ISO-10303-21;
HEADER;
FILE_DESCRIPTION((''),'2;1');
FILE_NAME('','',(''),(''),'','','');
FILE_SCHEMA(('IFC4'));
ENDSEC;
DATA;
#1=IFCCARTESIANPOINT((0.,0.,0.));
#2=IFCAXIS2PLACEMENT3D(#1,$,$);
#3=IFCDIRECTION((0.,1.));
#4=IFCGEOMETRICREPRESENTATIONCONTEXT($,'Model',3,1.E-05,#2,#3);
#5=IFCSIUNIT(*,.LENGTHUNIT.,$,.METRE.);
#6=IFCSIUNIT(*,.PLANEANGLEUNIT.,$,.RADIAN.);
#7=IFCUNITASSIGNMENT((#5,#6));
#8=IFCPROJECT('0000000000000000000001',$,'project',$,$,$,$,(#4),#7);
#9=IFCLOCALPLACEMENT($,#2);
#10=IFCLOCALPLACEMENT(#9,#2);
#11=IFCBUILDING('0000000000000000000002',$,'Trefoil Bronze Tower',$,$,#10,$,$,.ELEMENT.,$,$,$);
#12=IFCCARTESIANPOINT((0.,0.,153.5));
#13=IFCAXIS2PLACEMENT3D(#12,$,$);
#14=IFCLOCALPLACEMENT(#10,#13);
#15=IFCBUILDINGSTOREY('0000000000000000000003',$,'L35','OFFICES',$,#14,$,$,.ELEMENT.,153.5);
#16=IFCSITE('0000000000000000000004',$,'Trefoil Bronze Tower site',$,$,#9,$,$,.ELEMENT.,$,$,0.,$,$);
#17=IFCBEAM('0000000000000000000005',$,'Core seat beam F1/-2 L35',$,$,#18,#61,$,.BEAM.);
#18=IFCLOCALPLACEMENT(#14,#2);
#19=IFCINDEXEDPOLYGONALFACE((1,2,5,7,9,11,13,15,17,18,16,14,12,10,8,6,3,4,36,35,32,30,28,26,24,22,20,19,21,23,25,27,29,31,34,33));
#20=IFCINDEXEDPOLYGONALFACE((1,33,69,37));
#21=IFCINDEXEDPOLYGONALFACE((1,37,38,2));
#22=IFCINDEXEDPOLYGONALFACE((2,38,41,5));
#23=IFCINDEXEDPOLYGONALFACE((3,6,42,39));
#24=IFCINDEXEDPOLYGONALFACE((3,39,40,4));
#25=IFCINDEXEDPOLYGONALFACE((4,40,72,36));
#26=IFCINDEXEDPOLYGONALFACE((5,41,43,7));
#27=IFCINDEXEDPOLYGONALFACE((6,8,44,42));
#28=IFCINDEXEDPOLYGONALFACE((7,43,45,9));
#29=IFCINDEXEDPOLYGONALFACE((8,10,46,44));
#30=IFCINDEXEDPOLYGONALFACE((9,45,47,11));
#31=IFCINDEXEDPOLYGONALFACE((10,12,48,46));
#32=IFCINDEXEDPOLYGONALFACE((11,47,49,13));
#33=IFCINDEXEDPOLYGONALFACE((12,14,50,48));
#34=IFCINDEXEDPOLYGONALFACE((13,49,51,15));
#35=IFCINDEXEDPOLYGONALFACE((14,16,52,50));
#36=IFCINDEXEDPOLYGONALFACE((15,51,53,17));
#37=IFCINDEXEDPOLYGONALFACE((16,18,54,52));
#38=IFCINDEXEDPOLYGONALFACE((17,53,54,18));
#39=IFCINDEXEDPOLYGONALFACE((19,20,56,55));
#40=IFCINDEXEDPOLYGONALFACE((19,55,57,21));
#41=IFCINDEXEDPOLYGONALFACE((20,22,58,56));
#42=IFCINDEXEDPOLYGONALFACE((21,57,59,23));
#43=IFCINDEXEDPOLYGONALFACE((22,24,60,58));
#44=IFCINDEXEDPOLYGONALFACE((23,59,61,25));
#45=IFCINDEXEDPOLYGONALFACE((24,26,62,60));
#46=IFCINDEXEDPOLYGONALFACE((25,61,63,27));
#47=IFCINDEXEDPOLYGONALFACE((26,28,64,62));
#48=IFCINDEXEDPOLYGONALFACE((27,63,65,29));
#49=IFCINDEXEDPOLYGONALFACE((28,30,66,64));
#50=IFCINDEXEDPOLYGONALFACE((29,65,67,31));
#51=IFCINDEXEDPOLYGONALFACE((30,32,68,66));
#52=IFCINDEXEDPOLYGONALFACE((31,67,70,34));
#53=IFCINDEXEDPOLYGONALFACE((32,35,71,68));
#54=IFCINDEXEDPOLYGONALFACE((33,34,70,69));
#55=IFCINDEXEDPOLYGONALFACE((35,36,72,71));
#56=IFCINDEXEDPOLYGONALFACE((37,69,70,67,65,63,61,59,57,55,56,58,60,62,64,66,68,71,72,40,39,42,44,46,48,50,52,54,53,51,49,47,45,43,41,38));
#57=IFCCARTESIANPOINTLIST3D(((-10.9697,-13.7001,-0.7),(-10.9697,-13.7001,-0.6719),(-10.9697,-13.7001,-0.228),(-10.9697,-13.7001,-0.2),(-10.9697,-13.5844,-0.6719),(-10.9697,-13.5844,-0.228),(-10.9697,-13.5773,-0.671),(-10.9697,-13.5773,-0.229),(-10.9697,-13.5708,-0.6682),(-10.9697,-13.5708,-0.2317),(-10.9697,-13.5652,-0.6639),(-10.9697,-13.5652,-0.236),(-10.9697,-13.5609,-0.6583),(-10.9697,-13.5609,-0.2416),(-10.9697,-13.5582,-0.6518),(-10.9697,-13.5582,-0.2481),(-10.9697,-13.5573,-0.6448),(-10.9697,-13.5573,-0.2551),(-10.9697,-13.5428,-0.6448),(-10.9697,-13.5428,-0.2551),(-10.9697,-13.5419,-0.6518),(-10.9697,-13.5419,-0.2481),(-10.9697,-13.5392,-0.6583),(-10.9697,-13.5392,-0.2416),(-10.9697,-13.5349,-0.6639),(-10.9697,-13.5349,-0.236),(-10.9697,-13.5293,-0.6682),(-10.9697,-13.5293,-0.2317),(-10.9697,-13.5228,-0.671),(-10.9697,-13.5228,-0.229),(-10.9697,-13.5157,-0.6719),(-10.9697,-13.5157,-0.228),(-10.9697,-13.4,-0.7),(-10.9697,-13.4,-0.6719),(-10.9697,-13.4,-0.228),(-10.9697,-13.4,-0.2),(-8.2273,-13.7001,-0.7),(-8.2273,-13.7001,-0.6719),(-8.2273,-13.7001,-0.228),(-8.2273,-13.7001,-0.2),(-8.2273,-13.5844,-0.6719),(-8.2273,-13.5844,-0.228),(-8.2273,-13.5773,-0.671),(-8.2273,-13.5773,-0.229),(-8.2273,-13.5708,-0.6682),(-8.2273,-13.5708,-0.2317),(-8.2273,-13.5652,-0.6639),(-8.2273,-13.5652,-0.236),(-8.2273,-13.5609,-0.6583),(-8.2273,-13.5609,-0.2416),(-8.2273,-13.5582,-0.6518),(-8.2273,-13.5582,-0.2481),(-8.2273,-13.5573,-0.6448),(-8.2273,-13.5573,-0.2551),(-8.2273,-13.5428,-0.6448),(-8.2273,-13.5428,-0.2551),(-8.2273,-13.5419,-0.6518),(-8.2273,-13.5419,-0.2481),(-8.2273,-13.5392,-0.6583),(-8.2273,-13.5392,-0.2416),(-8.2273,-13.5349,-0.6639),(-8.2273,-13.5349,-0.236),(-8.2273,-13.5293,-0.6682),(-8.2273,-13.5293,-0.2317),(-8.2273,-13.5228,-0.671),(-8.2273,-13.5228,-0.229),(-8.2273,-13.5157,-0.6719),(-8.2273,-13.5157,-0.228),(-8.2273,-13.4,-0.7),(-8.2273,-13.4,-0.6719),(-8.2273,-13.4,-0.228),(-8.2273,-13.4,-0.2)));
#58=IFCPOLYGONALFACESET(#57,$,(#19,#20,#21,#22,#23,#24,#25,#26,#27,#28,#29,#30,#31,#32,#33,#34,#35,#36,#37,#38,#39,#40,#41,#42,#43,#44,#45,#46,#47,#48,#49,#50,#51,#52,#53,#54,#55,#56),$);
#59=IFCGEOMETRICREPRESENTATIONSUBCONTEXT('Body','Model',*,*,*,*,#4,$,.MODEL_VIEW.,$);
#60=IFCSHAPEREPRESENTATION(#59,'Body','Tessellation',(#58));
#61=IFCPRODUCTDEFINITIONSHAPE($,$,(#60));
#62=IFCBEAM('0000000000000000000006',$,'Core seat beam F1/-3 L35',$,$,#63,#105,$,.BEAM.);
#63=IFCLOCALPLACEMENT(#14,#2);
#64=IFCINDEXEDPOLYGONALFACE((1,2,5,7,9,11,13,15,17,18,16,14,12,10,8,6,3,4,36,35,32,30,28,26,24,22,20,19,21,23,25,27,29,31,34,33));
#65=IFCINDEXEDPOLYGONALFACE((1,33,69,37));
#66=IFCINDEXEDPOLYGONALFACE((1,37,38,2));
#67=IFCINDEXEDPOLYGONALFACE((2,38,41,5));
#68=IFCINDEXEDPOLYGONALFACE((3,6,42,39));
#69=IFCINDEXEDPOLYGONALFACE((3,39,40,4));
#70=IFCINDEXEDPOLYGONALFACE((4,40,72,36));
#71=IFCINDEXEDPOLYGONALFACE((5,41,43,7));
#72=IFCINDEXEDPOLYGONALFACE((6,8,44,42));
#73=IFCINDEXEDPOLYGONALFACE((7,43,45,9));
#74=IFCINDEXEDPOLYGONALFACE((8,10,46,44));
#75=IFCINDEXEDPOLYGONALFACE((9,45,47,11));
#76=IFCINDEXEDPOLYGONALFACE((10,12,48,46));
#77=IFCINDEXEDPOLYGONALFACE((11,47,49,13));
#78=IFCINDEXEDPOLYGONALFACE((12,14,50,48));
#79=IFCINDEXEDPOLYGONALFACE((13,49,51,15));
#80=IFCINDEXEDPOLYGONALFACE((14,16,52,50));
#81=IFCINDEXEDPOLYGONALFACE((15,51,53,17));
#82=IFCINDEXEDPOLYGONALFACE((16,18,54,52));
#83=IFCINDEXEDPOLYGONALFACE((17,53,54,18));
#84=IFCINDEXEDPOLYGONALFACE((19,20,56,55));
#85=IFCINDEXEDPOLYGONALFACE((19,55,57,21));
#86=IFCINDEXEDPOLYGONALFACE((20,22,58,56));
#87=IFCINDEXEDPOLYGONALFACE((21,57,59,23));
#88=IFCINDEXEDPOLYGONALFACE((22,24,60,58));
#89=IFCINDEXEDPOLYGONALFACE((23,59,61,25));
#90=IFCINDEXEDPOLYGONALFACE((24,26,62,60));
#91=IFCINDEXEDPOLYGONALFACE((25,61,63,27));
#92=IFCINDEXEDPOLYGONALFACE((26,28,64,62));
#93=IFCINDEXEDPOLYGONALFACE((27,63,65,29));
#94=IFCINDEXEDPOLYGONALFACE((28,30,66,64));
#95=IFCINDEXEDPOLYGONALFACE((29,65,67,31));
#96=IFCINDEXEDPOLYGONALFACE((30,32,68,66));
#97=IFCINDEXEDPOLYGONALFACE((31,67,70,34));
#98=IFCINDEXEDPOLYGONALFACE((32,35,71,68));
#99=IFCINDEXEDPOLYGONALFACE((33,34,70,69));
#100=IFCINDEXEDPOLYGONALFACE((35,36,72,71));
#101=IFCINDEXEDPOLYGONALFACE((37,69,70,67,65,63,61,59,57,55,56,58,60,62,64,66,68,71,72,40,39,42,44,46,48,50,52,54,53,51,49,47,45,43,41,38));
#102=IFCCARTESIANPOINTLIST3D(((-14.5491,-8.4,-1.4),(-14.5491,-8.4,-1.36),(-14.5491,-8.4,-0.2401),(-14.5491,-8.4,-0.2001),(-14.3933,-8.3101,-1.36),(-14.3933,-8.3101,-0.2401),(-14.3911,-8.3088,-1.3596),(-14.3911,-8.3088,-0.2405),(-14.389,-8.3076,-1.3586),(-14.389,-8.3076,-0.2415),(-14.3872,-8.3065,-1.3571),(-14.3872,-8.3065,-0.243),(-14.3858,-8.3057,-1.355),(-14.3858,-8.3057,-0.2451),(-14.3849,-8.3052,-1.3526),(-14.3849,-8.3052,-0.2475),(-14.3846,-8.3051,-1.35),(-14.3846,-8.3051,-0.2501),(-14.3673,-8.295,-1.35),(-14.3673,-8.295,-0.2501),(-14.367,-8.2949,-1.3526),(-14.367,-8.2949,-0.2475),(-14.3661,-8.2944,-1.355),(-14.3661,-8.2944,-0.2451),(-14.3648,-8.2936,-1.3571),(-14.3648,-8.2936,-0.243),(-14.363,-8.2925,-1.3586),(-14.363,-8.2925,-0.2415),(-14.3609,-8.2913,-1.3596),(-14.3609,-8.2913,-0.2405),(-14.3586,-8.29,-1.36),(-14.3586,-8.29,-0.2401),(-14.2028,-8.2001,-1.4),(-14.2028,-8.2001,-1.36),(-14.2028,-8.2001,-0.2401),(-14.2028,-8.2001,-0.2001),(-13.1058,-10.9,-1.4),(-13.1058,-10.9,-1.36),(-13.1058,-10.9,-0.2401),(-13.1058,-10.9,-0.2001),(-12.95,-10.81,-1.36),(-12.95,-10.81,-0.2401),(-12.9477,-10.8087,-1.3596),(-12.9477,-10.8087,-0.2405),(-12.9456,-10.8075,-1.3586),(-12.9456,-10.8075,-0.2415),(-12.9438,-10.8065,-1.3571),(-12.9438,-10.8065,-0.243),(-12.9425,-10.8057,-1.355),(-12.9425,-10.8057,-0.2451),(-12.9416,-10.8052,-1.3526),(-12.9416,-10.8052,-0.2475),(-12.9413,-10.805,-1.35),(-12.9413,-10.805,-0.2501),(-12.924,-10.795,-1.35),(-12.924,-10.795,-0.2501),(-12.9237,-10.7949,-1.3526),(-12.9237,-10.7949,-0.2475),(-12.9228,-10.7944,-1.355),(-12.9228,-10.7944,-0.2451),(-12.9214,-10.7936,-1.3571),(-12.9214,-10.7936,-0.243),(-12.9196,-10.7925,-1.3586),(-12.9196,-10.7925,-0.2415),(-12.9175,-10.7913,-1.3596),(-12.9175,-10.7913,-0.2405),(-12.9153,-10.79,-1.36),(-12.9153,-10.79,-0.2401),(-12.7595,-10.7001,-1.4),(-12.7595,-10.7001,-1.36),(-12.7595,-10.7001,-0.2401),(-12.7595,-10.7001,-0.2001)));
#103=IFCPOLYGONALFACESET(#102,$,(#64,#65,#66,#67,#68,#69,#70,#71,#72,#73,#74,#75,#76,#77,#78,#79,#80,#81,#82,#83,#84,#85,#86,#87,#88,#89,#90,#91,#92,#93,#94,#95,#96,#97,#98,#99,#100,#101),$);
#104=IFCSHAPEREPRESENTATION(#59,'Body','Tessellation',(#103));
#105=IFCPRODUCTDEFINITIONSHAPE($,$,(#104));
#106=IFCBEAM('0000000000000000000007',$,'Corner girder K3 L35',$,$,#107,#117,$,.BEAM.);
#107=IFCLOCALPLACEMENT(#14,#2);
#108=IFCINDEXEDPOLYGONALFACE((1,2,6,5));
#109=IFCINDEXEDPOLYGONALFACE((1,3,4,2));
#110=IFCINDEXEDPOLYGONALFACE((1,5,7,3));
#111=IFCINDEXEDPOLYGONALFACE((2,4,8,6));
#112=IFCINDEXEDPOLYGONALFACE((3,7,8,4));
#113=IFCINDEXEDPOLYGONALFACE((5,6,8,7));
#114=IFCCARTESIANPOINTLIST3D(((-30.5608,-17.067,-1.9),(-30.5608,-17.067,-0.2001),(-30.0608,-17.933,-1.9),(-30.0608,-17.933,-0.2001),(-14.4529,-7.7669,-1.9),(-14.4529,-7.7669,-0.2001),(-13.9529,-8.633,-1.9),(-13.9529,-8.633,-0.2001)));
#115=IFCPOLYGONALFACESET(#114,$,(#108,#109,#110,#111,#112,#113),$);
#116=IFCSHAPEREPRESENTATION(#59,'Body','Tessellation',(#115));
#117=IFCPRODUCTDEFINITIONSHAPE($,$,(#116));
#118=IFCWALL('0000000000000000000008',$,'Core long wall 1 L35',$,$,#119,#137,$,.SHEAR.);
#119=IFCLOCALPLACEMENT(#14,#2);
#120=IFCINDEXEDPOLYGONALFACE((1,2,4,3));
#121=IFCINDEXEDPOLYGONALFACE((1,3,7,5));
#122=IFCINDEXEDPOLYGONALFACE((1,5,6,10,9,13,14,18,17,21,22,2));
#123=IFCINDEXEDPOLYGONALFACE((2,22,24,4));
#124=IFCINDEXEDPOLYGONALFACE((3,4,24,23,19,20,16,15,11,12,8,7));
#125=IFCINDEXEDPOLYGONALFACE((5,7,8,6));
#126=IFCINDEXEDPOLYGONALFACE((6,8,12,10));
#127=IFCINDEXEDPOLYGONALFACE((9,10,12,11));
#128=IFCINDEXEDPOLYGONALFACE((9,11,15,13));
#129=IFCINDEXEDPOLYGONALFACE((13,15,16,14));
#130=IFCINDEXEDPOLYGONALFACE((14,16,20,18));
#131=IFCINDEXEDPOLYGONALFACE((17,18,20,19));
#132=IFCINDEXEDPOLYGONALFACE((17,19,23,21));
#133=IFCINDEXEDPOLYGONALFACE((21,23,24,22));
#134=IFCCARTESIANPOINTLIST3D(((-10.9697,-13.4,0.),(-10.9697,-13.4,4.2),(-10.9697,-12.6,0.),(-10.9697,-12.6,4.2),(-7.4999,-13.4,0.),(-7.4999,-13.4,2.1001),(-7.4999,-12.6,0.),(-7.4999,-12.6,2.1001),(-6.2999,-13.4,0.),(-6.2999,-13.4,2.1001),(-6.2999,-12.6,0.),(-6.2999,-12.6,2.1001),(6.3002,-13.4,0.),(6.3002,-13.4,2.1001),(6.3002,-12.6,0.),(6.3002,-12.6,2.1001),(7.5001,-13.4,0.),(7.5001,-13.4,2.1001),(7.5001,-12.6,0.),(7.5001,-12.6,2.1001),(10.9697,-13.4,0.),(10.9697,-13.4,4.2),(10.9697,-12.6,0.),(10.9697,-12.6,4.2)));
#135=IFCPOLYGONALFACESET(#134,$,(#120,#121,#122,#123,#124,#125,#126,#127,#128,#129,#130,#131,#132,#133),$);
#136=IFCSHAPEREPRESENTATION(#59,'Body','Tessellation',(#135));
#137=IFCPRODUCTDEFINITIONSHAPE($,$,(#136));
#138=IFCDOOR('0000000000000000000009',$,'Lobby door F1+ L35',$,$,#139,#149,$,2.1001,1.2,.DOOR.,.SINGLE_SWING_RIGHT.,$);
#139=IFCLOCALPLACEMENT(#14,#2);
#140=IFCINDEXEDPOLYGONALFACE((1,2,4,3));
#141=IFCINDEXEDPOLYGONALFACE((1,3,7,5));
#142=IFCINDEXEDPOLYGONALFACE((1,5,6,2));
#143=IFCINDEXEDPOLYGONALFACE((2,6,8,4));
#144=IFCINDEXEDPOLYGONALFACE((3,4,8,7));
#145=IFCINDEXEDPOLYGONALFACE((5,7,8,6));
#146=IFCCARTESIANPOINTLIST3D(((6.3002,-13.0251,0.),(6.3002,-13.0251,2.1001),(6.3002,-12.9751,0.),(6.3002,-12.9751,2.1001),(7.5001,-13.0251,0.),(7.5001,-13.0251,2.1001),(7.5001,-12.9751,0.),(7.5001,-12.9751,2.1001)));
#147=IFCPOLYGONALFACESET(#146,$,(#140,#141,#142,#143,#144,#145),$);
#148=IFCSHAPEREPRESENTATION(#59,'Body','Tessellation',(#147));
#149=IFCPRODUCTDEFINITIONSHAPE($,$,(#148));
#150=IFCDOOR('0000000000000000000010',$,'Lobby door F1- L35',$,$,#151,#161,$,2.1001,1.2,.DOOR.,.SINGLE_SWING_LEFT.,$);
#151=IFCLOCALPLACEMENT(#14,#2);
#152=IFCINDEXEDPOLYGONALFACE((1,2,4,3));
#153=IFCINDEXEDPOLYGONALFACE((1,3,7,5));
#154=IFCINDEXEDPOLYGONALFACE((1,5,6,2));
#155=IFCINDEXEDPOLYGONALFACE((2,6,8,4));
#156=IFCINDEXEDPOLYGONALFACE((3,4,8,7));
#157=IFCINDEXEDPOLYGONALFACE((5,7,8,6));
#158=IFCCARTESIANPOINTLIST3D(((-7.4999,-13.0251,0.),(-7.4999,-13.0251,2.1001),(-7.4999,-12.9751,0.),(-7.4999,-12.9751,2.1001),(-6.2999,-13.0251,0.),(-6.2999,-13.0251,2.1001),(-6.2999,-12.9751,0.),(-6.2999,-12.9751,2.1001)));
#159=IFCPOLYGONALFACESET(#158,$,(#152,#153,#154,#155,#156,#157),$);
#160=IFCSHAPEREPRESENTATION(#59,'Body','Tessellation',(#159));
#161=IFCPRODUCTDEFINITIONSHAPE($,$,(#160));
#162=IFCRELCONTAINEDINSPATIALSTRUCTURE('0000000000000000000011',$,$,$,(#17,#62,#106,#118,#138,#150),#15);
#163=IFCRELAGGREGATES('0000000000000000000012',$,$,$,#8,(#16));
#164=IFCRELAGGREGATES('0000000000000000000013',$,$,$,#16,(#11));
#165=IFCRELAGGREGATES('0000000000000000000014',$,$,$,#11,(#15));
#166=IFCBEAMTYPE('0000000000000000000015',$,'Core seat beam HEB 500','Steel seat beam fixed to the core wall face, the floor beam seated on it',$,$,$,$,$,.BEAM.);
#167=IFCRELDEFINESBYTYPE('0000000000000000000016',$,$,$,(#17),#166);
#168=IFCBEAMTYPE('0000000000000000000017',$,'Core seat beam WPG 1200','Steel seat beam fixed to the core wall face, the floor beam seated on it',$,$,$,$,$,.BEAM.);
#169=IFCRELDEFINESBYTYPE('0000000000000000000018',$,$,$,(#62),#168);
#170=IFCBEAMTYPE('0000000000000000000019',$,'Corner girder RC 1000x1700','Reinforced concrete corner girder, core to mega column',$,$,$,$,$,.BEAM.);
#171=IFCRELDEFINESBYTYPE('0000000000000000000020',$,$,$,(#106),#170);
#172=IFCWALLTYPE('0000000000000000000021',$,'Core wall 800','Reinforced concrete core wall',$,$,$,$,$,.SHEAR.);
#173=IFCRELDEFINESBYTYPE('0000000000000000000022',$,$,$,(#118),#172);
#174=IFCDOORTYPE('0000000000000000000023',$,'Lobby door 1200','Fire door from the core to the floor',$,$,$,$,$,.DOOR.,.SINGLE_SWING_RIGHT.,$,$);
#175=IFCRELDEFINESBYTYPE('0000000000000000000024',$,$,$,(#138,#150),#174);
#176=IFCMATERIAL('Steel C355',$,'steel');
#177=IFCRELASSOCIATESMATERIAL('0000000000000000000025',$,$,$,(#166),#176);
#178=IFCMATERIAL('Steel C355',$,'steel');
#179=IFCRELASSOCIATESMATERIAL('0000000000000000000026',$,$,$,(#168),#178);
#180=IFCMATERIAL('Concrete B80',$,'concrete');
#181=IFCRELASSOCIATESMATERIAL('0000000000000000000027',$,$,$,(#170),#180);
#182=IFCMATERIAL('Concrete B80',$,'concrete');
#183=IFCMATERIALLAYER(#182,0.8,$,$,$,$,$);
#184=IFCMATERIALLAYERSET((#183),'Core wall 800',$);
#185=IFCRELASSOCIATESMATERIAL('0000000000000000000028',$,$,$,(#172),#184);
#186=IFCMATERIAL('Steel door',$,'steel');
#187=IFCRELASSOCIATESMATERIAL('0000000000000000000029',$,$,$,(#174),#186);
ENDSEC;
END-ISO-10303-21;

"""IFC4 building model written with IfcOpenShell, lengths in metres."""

from ifc_helpers import new_model, si_unit, direction, frame, frame_2d, origin, origin_2d, place, context, subcontext, project, spatial, rectangle, i_section, extrude, material, layer, layer_set, material_profile, profile_set, type_object, element, fill, save


model = new_model("IFC4")

# Units and contexts
model_context = context("Model", 3, precision=1e-05, world=origin(), true_north=direction((0.0, 1.0)))
body_context = subcontext(model_context, "Body", "Model", "MODEL_VIEW")
ifc_project = project(units=[si_unit("LENGTHUNIT", "METRE"), si_unit("PLANEANGLEUNIT", "RADIAN")], contexts=[model_context])

# Site, building, storey
site_placement = place(None, origin())
site = spatial("IfcSite", under=ifc_project, at=site_placement, Name="Trefoil Bronze Tower site", CompositionType="ELEMENT", RefElevation=0.0)
building_placement = place(site_placement, origin())
building = spatial("IfcBuilding", under=site, at=building_placement, Name="Trefoil Bronze Tower", CompositionType="ELEMENT")
storey_placement = place(building_placement, frame((0.0, 0.0, 153.5)))
storey = spatial("IfcBuildingStorey", under=building, at=storey_placement, Name="L35", Description="OFFICES", CompositionType="ELEMENT", Elevation=153.5)

# Beams
ifc_material_1 = material(Name="Steel C355", Category="steel")
ifc_material_profile_1 = material_profile(ifc_material_1, i_section(OverallWidth=0.3, OverallDepth=0.5, WebThickness=0.0144, FlangeThickness=0.0281, FilletRadius=0.0271, at=origin_2d()), Name="HEB 500")
ifc_profile_set_1 = profile_set([ifc_material_profile_1], Name="Steel C355")
beam_type_1 = type_object("IfcBeamType", Name="Core seat beam HEB 500", Description="Steel seat beam fixed to the core wall face, the floor beam seated on it", PredefinedType="BEAM", material=ifc_profile_set_1)
beam_1_placement = place(storey_placement, frame((-10.9697, -13.55, -0.45), z_axis=(1.0, 0.0, 0.0), x_axis=(0.0, 1.0, 0.0)))
element("IfcBeam", 1, at=beam_1_placement, inside=storey, type_object=beam_type_1, Name="Core seat beam F1/-2 L35", PredefinedType="BEAM", context=body_context, shape_type="SweptSolid", body=[
    extrude(i_section(OverallWidth=0.3, OverallDepth=0.5, WebThickness=0.0144, FlangeThickness=0.0281, FilletRadius=0.0271, at=origin_2d()), origin(), (0.0, 0.0, 1.0), 2.7424),
])
ifc_material_2 = material(Name="Steel C355", Category="steel")
ifc_material_profile_2 = material_profile(ifc_material_2, i_section(OverallWidth=0.3999, OverallDepth=1.2, WebThickness=0.02, FlangeThickness=0.04, FilletRadius=0.01, at=origin_2d()), Name="WPG 1200")
ifc_profile_set_2 = profile_set([ifc_material_profile_2], Name="Steel C355")
beam_type_2 = type_object("IfcBeamType", Name="Core seat beam WPG 1200", Description="Steel seat beam fixed to the core wall face, the floor beam seated on it", PredefinedType="BEAM", material=ifc_profile_set_2)
beam_2_placement = place(storey_placement, frame((-14.376, -8.3, -0.8), z_axis=(0.499996, -0.866028, 0.0), x_axis=(0.866028, 0.499996, 0.0)))
element("IfcBeam", 2, at=beam_2_placement, inside=storey, type_object=beam_type_2, Name="Core seat beam F1/-3 L35", PredefinedType="BEAM", context=body_context, shape_type="SweptSolid", body=[
    extrude(i_section(OverallWidth=0.3999, OverallDepth=1.2, WebThickness=0.02, FlangeThickness=0.04, FilletRadius=0.01, at=origin_2d()), origin(), (0.0, 0.0, 1.0), 2.8867),
])
ifc_material_3 = material(Name="Concrete B80", Category="concrete")
ifc_material_profile_3 = material_profile(ifc_material_3, rectangle(XDim=1.0, YDim=1.7, at=origin_2d()), Name="RC 1000x1700")
ifc_profile_set_3 = profile_set([ifc_material_profile_3], Name="Concrete B80")
beam_type_3 = type_object("IfcBeamType", Name="Corner girder RC 1000x1700", Description="Reinforced concrete corner girder, core to mega column", PredefinedType="BEAM", material=ifc_profile_set_3)
beam_3_placement = place(storey_placement, frame((-14.2029, -8.2, -1.05), z_axis=(-0.866022, -0.500006, 0.0), x_axis=(0.500006, -0.866022, 0.0)))
element("IfcBeam", 3, at=beam_3_placement, inside=storey, type_object=beam_type_3, Name="Corner girder K3 L35", PredefinedType="BEAM", context=body_context, shape_type="SweptSolid", body=[
    extrude(rectangle(XDim=1.0, YDim=1.7, at=origin_2d()), origin(), (0.0, 0.0, 1.0), 18.5999),
])

# Wall, openings, doors
ifc_material_4 = material(Name="Concrete B80", Category="concrete")
ifc_layer_1 = layer(ifc_material_4, 0.8)
ifc_layer_set_1 = layer_set([ifc_layer_1], Name="Core wall 800")
wall_type_1 = type_object("IfcWallType", Name="Core wall 800", Description="Reinforced concrete core wall", PredefinedType="SHEAR", material=ifc_layer_set_1)
wall_1_placement = place(storey_placement, frame((-10.9697, -13.0, 0.0), z_axis=(0.0, 0.0, 1.0), x_axis=(1.0, 0.0, 0.0)))
wall_1 = element("IfcWall", 4, at=wall_1_placement, inside=storey, type_object=wall_type_1, Name="Core long wall 1 L35", PredefinedType="SHEAR", context=body_context, shape_type="SweptSolid", body=[
    extrude(rectangle(XDim=21.9395, YDim=0.8, at=frame_2d((10.9697, 0.0))), origin(), (0.0, 0.0, 1.0), 4.2),
])
opening_1_placement = place(wall_1_placement, frame((17.2698, 0.0, 0.0)))
opening_1 = element("IfcOpeningElement", 5, at=opening_1_placement, cuts=wall_1, PredefinedType="OPENING", context=body_context, shape_type="SweptSolid", body=[
    extrude(rectangle(XDim=1.2, YDim=2.1001, at=frame_2d((0.6001, 1.05))), frame((0.0, 0.4099, 0.0), z_axis=(0.0, -1.0, 0.0), x_axis=(1.0, 0.0, 0.0)), (0.0, 0.0, 1.0), 0.8201),
])
opening_2_placement = place(wall_1_placement, frame((3.4697, 0.0, 0.0)))
opening_2 = element("IfcOpeningElement", 6, at=opening_2_placement, cuts=wall_1, PredefinedType="OPENING", context=body_context, shape_type="SweptSolid", body=[
    extrude(rectangle(XDim=1.2, YDim=2.1001, at=frame_2d((0.6001, 1.05))), frame((0.0, 0.4099, 0.0), z_axis=(0.0, -1.0, 0.0), x_axis=(1.0, 0.0, 0.0)), (0.0, 0.0, 1.0), 0.8201),
])
ifc_material_5 = material(Name="Steel door", Category="steel")
door_type_1 = type_object("IfcDoorType", Name="Lobby door 1200", Description="Fire door from the core to the floor", OperationType="SINGLE_SWING_RIGHT", PredefinedType="DOOR", material=ifc_material_5)
door_1_placement = place(opening_1_placement, origin())
door_1 = element("IfcDoor", 7, at=door_1_placement, inside=storey, type_object=door_type_1, Name="Lobby door F1+ L35", OperationType="SINGLE_SWING_RIGHT", OverallHeight=2.1001, OverallWidth=1.2, PredefinedType="DOOR", context=body_context, shape_type="SweptSolid", body=[
    extrude(rectangle(XDim=1.2, YDim=2.1001, at=frame_2d((0.6001, 1.05))), frame((0.0, 0.0249, 0.0), z_axis=(0.0, -1.0, 0.0), x_axis=(1.0, 0.0, 0.0)), (0.0, 0.0, 1.0), 0.05),
])
fill(opening_1, door_1)
door_2_placement = place(opening_2_placement, origin())
door_2 = element("IfcDoor", 8, at=door_2_placement, inside=storey, type_object=door_type_1, Name="Lobby door F1- L35", OperationType="SINGLE_SWING_LEFT", OverallHeight=2.1001, OverallWidth=1.2, PredefinedType="DOOR", context=body_context, shape_type="SweptSolid", body=[
    extrude(rectangle(XDim=1.2, YDim=2.1001, at=frame_2d((0.6001, 1.05))), frame((0.0, 0.0249, 0.0), z_axis=(0.0, -1.0, 0.0), x_axis=(1.0, 0.0, 0.0)), (0.0, 0.0, 1.0), 0.05),
])
fill(opening_2, door_2)

save(model, "model.ifc")
